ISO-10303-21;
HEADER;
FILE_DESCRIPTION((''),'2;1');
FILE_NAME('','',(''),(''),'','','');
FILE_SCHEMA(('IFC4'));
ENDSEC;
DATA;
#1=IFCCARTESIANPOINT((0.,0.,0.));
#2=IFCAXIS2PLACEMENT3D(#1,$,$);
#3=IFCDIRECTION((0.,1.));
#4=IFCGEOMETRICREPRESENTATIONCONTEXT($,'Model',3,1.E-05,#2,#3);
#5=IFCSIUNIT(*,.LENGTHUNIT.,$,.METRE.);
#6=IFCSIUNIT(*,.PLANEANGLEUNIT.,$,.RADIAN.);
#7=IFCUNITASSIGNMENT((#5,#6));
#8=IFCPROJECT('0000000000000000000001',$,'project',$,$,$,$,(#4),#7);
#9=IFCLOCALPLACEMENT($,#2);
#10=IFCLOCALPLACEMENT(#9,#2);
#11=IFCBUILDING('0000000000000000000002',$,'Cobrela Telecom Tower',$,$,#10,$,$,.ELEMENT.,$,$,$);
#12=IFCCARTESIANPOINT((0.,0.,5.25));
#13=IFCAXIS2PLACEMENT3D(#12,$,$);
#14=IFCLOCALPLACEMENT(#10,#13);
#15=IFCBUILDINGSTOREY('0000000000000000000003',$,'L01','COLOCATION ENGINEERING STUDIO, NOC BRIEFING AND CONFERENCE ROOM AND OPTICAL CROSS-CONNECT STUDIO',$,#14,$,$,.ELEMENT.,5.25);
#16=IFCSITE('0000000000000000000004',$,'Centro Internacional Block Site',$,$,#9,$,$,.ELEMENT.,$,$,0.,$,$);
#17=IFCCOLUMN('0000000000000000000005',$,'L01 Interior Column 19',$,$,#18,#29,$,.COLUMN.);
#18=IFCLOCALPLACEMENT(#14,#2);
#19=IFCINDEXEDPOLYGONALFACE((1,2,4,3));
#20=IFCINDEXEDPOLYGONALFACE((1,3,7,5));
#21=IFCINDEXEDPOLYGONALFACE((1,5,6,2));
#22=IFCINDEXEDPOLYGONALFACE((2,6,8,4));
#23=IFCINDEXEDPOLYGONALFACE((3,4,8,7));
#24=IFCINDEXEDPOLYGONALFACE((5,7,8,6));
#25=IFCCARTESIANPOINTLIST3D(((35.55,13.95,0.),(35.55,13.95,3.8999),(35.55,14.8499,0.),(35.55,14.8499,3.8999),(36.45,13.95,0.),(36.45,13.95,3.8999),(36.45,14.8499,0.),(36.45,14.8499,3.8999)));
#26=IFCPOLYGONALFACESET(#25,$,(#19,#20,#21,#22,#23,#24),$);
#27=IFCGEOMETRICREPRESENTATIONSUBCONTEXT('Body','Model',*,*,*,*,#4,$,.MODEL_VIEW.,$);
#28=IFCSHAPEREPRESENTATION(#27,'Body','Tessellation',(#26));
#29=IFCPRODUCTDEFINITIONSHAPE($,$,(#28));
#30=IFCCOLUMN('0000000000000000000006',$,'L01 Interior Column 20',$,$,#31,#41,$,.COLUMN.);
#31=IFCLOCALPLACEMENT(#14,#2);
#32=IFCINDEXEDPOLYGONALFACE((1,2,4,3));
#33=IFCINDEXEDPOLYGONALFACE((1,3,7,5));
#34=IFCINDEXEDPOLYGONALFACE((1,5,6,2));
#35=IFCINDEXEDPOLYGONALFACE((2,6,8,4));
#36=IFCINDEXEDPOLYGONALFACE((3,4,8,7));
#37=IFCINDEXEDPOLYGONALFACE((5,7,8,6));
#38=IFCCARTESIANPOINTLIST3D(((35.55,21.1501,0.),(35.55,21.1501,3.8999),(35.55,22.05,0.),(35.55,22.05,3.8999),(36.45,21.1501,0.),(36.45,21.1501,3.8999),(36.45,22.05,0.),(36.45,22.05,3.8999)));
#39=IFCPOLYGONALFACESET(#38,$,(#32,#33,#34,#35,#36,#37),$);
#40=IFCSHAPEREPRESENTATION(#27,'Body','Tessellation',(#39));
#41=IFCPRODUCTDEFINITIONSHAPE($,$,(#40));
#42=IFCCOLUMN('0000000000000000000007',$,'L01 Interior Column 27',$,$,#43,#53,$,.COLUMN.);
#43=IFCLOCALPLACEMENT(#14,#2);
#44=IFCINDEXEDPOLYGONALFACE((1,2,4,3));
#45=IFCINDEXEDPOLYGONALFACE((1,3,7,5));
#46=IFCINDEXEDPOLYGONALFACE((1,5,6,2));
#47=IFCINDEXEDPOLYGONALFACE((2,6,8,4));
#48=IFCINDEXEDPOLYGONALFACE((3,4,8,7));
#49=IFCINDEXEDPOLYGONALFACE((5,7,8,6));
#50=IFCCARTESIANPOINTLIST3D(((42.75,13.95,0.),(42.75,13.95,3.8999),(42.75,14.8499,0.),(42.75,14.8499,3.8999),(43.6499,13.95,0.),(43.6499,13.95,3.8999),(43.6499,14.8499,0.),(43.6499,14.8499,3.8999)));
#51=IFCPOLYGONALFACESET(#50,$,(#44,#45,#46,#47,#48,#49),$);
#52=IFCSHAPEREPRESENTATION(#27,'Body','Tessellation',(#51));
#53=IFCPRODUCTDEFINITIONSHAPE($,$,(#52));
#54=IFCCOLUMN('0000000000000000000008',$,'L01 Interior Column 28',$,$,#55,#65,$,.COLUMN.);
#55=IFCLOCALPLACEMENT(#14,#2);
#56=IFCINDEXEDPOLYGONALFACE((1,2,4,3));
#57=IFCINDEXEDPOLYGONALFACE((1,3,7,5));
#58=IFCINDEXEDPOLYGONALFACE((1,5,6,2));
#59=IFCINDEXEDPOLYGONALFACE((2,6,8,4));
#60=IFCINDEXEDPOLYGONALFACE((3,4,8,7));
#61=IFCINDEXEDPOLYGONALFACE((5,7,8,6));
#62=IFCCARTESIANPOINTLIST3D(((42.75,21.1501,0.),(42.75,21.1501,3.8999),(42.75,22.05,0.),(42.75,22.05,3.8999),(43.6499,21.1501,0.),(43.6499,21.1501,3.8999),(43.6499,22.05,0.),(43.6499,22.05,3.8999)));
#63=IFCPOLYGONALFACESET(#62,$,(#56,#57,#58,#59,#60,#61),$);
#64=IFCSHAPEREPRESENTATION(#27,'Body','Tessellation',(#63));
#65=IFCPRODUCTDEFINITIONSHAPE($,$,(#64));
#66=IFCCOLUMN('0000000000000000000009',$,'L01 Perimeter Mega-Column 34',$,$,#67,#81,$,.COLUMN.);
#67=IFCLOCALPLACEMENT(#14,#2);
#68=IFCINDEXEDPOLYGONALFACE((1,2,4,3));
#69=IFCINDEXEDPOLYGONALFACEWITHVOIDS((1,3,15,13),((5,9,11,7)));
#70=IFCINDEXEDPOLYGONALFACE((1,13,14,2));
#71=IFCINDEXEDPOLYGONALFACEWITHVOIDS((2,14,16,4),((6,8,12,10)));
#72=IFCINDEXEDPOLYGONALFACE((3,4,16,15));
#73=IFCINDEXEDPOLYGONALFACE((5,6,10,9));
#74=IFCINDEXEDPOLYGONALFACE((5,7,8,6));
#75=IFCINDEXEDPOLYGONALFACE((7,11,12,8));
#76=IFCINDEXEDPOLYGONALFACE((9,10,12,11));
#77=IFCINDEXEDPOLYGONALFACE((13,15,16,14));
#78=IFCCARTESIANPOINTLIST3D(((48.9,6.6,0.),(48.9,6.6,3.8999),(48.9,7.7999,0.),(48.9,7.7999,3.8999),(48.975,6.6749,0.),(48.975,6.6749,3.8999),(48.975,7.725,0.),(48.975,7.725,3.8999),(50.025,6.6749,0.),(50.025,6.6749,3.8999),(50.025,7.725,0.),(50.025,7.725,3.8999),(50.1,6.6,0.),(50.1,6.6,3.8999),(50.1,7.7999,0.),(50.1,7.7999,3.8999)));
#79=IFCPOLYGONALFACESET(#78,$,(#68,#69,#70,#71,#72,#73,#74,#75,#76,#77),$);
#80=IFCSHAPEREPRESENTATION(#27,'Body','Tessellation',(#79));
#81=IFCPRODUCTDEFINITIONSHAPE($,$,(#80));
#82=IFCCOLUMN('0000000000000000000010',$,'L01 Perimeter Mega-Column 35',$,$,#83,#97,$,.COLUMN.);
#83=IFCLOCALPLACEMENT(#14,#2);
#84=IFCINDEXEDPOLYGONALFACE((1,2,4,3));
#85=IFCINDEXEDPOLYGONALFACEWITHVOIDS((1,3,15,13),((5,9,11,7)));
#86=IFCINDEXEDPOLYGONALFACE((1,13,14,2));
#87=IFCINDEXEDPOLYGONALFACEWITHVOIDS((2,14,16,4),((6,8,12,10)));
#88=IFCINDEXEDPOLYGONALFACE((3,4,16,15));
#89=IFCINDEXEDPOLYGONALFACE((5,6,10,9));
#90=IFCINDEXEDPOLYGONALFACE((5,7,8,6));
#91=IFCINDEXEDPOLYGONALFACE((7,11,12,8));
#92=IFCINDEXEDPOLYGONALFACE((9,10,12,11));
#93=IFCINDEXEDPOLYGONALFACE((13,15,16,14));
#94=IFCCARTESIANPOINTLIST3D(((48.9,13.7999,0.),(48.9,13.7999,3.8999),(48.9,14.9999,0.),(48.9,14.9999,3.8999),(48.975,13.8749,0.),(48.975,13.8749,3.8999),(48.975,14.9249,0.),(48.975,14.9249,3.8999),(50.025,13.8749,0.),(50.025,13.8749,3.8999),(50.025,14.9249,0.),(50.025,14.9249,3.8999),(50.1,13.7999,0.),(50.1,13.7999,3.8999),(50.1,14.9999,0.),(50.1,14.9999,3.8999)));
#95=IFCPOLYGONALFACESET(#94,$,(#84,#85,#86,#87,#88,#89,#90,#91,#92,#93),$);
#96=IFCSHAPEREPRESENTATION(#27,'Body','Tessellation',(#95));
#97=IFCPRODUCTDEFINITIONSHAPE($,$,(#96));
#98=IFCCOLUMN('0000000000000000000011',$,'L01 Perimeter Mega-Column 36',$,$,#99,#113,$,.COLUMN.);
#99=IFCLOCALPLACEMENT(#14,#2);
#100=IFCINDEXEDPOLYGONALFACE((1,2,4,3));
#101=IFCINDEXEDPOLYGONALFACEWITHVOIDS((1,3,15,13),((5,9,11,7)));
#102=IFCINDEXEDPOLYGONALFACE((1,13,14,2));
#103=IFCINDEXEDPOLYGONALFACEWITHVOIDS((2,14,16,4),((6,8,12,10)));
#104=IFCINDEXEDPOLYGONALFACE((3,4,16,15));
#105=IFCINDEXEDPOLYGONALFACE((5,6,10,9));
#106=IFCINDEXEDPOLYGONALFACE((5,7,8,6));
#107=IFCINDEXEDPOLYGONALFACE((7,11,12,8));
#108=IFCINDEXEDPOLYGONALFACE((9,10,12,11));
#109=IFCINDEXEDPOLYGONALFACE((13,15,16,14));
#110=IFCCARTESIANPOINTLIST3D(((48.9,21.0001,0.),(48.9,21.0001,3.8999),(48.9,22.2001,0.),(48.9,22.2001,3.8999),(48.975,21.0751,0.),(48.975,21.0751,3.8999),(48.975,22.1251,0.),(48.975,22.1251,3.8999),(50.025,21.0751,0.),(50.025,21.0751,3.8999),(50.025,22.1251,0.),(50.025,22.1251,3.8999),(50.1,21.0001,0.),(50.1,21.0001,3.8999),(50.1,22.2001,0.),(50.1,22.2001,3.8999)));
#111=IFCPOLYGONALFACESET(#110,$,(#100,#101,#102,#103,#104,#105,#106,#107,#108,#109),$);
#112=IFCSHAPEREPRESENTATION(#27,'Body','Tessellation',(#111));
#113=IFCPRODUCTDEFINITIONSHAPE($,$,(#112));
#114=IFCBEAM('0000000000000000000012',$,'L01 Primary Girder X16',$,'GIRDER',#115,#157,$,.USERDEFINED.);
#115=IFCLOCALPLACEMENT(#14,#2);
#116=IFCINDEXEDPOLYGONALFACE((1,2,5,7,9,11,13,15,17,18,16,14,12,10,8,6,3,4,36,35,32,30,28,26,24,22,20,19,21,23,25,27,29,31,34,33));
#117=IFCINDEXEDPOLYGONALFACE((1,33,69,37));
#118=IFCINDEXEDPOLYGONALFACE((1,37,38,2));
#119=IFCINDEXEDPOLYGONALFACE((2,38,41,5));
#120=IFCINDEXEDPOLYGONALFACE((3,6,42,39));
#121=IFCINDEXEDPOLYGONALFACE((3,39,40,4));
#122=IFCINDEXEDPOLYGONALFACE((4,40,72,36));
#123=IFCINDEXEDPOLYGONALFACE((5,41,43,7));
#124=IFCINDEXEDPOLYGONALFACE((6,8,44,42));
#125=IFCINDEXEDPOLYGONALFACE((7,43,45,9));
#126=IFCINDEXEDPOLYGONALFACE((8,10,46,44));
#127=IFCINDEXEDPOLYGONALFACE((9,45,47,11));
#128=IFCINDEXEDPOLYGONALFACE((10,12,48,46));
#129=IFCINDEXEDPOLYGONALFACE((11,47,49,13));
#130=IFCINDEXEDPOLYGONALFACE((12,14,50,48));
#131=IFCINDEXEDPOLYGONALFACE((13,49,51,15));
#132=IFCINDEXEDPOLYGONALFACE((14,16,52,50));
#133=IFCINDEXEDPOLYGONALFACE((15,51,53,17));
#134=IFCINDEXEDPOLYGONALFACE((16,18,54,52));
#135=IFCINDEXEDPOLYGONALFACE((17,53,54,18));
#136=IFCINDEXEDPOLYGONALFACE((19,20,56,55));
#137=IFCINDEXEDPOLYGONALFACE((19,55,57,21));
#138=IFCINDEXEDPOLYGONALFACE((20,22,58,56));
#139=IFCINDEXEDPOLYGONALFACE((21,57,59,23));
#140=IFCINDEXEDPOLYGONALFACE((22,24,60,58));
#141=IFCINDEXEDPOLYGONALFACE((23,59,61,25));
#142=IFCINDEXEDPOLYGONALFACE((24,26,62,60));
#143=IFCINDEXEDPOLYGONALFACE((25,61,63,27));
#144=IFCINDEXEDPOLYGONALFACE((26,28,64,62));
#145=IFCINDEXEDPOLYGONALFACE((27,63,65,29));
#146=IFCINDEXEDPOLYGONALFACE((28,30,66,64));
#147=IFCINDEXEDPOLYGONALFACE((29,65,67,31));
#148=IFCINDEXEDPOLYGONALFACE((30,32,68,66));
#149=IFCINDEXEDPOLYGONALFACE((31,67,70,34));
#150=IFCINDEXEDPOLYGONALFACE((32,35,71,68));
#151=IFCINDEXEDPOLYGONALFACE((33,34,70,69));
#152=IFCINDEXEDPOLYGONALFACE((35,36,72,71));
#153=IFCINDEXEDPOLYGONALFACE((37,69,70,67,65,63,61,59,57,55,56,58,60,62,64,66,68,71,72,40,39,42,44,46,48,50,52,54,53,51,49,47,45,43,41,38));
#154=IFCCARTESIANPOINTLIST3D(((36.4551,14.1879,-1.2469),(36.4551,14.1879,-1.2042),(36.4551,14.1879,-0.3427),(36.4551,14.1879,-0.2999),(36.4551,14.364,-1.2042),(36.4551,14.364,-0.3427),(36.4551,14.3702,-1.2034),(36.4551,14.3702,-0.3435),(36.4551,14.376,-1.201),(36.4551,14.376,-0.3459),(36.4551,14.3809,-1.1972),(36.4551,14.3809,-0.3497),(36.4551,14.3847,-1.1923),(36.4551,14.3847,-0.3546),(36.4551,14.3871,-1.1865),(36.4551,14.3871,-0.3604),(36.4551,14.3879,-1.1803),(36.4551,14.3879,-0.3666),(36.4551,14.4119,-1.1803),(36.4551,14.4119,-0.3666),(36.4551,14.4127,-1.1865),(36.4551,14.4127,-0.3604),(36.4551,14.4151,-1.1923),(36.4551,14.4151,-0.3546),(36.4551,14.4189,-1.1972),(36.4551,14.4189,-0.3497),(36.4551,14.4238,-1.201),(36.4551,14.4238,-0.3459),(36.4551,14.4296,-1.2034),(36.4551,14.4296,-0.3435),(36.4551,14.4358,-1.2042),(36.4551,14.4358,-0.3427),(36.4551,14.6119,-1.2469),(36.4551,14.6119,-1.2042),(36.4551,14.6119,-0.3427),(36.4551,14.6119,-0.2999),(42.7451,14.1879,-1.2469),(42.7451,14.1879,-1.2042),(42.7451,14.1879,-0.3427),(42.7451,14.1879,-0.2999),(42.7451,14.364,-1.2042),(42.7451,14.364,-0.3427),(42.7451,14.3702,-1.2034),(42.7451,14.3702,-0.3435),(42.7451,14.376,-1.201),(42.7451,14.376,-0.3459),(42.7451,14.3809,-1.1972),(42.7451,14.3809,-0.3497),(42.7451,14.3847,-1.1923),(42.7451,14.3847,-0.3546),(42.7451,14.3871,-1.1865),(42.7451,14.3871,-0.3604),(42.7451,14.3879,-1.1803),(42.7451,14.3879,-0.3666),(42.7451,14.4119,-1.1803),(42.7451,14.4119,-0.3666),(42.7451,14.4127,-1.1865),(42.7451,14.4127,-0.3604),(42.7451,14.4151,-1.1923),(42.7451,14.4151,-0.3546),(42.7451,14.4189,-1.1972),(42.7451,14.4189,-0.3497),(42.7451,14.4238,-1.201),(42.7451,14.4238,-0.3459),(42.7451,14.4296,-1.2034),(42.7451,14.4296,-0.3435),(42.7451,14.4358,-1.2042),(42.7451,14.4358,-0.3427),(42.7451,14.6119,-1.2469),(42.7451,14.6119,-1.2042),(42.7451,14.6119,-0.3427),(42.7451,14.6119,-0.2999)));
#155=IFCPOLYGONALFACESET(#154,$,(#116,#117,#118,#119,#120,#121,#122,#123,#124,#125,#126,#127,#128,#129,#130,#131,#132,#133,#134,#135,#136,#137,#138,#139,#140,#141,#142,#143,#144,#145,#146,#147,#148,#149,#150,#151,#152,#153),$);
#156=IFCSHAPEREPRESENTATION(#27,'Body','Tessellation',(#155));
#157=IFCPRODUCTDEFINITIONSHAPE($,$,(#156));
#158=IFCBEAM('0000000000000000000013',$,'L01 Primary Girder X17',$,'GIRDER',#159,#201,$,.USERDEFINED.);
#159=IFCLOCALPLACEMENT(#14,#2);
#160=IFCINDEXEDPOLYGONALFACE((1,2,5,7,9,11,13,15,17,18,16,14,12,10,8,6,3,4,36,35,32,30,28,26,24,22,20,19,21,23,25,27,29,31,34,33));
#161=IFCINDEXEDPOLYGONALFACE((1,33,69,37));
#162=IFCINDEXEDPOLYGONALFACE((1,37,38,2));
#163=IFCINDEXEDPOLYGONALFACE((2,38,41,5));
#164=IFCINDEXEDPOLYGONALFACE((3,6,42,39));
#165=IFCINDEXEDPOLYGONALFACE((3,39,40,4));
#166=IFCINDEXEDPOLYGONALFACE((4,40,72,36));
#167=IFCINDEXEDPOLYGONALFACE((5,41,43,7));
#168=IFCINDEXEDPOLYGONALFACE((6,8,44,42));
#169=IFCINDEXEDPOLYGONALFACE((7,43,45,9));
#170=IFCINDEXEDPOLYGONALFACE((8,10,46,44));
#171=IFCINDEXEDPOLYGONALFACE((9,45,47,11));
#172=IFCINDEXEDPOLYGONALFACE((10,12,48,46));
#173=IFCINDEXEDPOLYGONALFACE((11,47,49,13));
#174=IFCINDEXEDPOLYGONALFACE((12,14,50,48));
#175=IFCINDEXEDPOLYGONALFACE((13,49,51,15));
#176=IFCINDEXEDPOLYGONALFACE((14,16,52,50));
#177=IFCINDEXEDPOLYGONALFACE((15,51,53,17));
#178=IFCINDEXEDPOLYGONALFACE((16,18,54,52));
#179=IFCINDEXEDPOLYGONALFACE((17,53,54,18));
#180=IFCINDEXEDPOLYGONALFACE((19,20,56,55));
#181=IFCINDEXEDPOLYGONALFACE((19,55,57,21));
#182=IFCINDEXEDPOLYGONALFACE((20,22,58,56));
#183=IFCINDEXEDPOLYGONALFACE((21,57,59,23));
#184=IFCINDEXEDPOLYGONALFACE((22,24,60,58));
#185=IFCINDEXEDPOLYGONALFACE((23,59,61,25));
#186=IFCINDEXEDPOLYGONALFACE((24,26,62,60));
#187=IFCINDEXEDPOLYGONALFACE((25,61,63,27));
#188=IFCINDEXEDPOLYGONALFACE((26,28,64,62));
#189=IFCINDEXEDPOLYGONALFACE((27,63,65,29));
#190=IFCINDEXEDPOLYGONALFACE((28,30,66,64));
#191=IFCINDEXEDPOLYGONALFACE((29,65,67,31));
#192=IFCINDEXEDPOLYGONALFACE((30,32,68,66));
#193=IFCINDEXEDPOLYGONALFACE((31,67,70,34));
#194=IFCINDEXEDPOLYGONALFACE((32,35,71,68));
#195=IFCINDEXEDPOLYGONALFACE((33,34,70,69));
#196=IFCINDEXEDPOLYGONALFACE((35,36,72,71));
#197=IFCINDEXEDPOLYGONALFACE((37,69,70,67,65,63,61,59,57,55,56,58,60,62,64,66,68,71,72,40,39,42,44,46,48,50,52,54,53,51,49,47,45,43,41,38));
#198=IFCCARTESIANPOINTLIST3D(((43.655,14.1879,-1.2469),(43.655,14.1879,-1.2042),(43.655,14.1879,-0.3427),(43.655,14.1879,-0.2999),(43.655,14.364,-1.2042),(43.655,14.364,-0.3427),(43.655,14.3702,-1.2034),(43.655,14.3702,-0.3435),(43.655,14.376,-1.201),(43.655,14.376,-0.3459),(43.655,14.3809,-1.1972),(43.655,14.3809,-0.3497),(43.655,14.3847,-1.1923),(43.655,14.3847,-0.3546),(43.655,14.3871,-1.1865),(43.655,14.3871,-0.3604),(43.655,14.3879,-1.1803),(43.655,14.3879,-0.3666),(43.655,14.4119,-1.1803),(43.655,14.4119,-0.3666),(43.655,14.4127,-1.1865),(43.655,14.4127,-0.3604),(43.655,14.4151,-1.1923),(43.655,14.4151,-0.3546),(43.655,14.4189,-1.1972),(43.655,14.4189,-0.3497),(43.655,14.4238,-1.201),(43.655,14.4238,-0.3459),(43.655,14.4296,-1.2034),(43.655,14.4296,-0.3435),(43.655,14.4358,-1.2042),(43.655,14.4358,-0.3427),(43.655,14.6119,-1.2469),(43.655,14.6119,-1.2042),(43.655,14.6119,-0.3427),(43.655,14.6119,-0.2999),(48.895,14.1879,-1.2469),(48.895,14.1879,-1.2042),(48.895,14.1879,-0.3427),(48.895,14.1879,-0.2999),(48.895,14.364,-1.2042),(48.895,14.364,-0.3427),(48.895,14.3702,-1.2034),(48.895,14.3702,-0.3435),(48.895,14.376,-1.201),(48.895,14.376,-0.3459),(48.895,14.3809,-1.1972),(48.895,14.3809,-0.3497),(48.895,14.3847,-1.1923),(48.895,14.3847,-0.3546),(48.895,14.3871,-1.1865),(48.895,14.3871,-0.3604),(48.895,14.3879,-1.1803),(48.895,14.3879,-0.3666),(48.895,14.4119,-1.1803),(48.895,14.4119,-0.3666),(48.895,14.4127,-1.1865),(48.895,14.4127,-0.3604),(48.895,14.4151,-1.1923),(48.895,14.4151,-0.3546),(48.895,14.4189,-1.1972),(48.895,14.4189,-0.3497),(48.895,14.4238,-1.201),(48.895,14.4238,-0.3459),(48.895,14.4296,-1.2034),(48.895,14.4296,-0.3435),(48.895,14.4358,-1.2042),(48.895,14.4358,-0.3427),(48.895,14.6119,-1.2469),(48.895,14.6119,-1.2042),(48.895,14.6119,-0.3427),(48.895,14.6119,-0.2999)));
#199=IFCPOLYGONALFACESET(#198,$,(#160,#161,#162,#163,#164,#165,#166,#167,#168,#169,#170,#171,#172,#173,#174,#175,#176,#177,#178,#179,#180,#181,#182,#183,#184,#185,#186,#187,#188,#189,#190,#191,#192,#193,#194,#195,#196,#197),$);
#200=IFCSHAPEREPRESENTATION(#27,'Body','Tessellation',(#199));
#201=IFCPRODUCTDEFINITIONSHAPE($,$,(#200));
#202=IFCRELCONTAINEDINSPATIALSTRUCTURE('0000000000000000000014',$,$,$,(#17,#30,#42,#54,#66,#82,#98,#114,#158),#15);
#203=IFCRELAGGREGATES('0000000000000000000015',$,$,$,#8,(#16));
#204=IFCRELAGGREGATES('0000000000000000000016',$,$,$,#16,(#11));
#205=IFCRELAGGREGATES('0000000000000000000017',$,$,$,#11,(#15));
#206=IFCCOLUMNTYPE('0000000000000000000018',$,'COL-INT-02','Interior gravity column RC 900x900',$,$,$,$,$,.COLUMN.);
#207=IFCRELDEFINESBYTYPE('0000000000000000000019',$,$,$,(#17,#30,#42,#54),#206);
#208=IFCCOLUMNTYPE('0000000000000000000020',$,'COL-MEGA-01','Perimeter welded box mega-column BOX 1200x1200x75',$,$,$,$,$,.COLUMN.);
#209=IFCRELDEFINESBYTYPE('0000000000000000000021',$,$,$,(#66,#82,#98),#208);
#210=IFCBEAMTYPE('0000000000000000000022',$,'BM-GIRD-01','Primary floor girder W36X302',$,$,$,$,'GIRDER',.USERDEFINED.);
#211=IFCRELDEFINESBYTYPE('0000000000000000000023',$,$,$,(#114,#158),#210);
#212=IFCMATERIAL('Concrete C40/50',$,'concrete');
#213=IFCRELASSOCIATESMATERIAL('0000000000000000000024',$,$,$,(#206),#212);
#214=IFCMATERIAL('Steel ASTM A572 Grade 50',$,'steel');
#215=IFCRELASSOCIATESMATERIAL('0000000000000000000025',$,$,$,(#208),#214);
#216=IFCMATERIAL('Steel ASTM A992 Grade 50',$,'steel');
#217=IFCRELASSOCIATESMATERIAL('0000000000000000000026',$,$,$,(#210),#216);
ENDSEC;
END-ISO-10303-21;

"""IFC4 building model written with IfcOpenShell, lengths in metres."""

from ifc_helpers import new_model, si_unit, direction, frame, origin, origin_2d, place, context, subcontext, project, spatial, rectangle, hollow_rectangle, i_section, extrude, material, material_profile, profile_set, type_object, element, save


model = new_model("IFC4")

# Units and contexts
model_context = context("Model", 3, precision=1e-05, world=origin(), true_north=direction((0.0, 1.0)))
body_context = subcontext(model_context, "Body", "Model", "MODEL_VIEW")
ifc_project = project(units=[si_unit("LENGTHUNIT", "METRE"), si_unit("PLANEANGLEUNIT", "RADIAN")], contexts=[model_context])

# Site, building, storey
site_placement = place(None, origin())
site = spatial("IfcSite", under=ifc_project, at=site_placement, Name="Centro Internacional Block Site", CompositionType="ELEMENT", RefElevation=0.0)
building_placement = place(site_placement, origin())
building = spatial("IfcBuilding", under=site, at=building_placement, Name="Cobrela Telecom Tower", CompositionType="ELEMENT")
storey_placement = place(building_placement, frame((0.0, 0.0, 5.25)))
storey = spatial("IfcBuildingStorey", under=building, at=storey_placement, Name="L01", Description="COLOCATION ENGINEERING STUDIO, NOC BRIEFING AND CONFERENCE ROOM AND OPTICAL CROSS-CONNECT STUDIO", CompositionType="ELEMENT", Elevation=5.25)

# Columns
ifc_material_1 = material(Name="Concrete C40/50", Category="concrete")
ifc_material_profile_1 = material_profile(ifc_material_1, rectangle(XDim=0.8999, YDim=0.8999, at=origin_2d()), Name="RC 900x900")
ifc_profile_set_1 = profile_set([ifc_material_profile_1], Name="Concrete C40/50")
column_type_1 = type_object("IfcColumnType", Name="COL-INT-02", Description="Interior gravity column RC 900x900", PredefinedType="COLUMN", material=ifc_profile_set_1)
for number, where, z_axis, x_axis, name in (
    (1, (36.0, 14.3999, 0.0), (0.0, 0.0, 1.0), (1.0, 0.0, 0.0), "L01 Interior Column 19"),
    (2, (36.0, 21.6001, 0.0), (0.0, 0.0, 1.0), (1.0, 0.0, 0.0), "L01 Interior Column 20"),
    (3, (43.2, 14.3999, 0.0), (0.0, 0.0, 1.0), (1.0, 0.0, 0.0), "L01 Interior Column 27"),
    (4, (43.2, 21.6001, 0.0), (0.0, 0.0, 1.0), (1.0, 0.0, 0.0), "L01 Interior Column 28"),
):
    element("IfcColumn", number, at=place(storey_placement, frame(where, z_axis=z_axis, x_axis=x_axis)), inside=storey, type_object=column_type_1, Name=name, PredefinedType="COLUMN", context=body_context, shape_type="SweptSolid", body=[
        extrude(rectangle(XDim=0.8999, YDim=0.8999, at=origin_2d()), origin(), (0.0, 0.0, 1.0), 3.8999),
    ])
ifc_material_2 = material(Name="Steel ASTM A572 Grade 50", Category="steel")
ifc_material_profile_2 = material_profile(ifc_material_2, hollow_rectangle(XDim=1.2, YDim=1.2, WallThickness=0.075, at=origin_2d()), Name="BOX 1200x1200x75")
ifc_profile_set_2 = profile_set([ifc_material_profile_2], Name="Steel ASTM A572 Grade 50")
column_type_2 = type_object("IfcColumnType", Name="COL-MEGA-01", Description="Perimeter welded box mega-column BOX 1200x1200x75", PredefinedType="COLUMN", material=ifc_profile_set_2)
for number, where, z_axis, x_axis, name in (
    (5, (49.5, 7.2, 0.0), (0.0, 0.0, 1.0), (1.0, 0.0, 0.0), "L01 Perimeter Mega-Column 34"),
    (6, (49.5, 14.3999, 0.0), (0.0, 0.0, 1.0), (1.0, 0.0, 0.0), "L01 Perimeter Mega-Column 35"),
    (7, (49.5, 21.6001, 0.0), (0.0, 0.0, 1.0), (1.0, 0.0, 0.0), "L01 Perimeter Mega-Column 36"),
):
    element("IfcColumn", number, at=place(storey_placement, frame(where, z_axis=z_axis, x_axis=x_axis)), inside=storey, type_object=column_type_2, Name=name, PredefinedType="COLUMN", context=body_context, shape_type="SweptSolid", body=[
        extrude(hollow_rectangle(XDim=1.2, YDim=1.2, WallThickness=0.075, at=origin_2d()), origin(), (0.0, 0.0, 1.0), 3.8999),
    ])

# Beams
ifc_material_3 = material(Name="Steel ASTM A992 Grade 50", Category="steel")
ifc_material_profile_3 = material_profile(ifc_material_3, i_section(OverallWidth=0.4241, OverallDepth=0.947, WebThickness=0.0239, FlangeThickness=0.0427, FilletRadius=0.0239, at=origin_2d()), Name="W36X302")
ifc_profile_set_3 = profile_set([ifc_material_profile_3], Name="Steel ASTM A992 Grade 50")
beam_type_1 = type_object("IfcBeamType", Name="BM-GIRD-01", Description="Primary floor girder W36X302", ElementType="GIRDER", PredefinedType="USERDEFINED", material=ifc_profile_set_3)
beam_1_placement = place(storey_placement, frame((36.4551, 14.3999, -0.7734), z_axis=(1.0, 0.0, 0.0), x_axis=(0.0, 1.0, 0.0)))
element("IfcBeam", 8, at=beam_1_placement, inside=storey, type_object=beam_type_1, Name="L01 Primary Girder X16", ObjectType="GIRDER", PredefinedType="USERDEFINED", context=body_context, shape_type="SweptSolid", body=[
    extrude(i_section(OverallWidth=0.4241, OverallDepth=0.947, WebThickness=0.0239, FlangeThickness=0.0427, FilletRadius=0.0239, at=origin_2d()), origin(), (0.0, 0.0, 1.0), 6.29),
])
beam_2_placement = place(storey_placement, frame((43.655, 14.3999, -0.7734), z_axis=(1.0, 0.0, 0.0), x_axis=(0.0, 1.0, 0.0)))
element("IfcBeam", 9, at=beam_2_placement, inside=storey, type_object=beam_type_1, Name="L01 Primary Girder X17", ObjectType="GIRDER", PredefinedType="USERDEFINED", context=body_context, shape_type="SweptSolid", body=[
    extrude(i_section(OverallWidth=0.4241, OverallDepth=0.947, WebThickness=0.0239, FlangeThickness=0.0427, FilletRadius=0.0239, at=origin_2d()), origin(), (0.0, 0.0, 1.0), 5.24),
])

save(model, "model.ifc")
